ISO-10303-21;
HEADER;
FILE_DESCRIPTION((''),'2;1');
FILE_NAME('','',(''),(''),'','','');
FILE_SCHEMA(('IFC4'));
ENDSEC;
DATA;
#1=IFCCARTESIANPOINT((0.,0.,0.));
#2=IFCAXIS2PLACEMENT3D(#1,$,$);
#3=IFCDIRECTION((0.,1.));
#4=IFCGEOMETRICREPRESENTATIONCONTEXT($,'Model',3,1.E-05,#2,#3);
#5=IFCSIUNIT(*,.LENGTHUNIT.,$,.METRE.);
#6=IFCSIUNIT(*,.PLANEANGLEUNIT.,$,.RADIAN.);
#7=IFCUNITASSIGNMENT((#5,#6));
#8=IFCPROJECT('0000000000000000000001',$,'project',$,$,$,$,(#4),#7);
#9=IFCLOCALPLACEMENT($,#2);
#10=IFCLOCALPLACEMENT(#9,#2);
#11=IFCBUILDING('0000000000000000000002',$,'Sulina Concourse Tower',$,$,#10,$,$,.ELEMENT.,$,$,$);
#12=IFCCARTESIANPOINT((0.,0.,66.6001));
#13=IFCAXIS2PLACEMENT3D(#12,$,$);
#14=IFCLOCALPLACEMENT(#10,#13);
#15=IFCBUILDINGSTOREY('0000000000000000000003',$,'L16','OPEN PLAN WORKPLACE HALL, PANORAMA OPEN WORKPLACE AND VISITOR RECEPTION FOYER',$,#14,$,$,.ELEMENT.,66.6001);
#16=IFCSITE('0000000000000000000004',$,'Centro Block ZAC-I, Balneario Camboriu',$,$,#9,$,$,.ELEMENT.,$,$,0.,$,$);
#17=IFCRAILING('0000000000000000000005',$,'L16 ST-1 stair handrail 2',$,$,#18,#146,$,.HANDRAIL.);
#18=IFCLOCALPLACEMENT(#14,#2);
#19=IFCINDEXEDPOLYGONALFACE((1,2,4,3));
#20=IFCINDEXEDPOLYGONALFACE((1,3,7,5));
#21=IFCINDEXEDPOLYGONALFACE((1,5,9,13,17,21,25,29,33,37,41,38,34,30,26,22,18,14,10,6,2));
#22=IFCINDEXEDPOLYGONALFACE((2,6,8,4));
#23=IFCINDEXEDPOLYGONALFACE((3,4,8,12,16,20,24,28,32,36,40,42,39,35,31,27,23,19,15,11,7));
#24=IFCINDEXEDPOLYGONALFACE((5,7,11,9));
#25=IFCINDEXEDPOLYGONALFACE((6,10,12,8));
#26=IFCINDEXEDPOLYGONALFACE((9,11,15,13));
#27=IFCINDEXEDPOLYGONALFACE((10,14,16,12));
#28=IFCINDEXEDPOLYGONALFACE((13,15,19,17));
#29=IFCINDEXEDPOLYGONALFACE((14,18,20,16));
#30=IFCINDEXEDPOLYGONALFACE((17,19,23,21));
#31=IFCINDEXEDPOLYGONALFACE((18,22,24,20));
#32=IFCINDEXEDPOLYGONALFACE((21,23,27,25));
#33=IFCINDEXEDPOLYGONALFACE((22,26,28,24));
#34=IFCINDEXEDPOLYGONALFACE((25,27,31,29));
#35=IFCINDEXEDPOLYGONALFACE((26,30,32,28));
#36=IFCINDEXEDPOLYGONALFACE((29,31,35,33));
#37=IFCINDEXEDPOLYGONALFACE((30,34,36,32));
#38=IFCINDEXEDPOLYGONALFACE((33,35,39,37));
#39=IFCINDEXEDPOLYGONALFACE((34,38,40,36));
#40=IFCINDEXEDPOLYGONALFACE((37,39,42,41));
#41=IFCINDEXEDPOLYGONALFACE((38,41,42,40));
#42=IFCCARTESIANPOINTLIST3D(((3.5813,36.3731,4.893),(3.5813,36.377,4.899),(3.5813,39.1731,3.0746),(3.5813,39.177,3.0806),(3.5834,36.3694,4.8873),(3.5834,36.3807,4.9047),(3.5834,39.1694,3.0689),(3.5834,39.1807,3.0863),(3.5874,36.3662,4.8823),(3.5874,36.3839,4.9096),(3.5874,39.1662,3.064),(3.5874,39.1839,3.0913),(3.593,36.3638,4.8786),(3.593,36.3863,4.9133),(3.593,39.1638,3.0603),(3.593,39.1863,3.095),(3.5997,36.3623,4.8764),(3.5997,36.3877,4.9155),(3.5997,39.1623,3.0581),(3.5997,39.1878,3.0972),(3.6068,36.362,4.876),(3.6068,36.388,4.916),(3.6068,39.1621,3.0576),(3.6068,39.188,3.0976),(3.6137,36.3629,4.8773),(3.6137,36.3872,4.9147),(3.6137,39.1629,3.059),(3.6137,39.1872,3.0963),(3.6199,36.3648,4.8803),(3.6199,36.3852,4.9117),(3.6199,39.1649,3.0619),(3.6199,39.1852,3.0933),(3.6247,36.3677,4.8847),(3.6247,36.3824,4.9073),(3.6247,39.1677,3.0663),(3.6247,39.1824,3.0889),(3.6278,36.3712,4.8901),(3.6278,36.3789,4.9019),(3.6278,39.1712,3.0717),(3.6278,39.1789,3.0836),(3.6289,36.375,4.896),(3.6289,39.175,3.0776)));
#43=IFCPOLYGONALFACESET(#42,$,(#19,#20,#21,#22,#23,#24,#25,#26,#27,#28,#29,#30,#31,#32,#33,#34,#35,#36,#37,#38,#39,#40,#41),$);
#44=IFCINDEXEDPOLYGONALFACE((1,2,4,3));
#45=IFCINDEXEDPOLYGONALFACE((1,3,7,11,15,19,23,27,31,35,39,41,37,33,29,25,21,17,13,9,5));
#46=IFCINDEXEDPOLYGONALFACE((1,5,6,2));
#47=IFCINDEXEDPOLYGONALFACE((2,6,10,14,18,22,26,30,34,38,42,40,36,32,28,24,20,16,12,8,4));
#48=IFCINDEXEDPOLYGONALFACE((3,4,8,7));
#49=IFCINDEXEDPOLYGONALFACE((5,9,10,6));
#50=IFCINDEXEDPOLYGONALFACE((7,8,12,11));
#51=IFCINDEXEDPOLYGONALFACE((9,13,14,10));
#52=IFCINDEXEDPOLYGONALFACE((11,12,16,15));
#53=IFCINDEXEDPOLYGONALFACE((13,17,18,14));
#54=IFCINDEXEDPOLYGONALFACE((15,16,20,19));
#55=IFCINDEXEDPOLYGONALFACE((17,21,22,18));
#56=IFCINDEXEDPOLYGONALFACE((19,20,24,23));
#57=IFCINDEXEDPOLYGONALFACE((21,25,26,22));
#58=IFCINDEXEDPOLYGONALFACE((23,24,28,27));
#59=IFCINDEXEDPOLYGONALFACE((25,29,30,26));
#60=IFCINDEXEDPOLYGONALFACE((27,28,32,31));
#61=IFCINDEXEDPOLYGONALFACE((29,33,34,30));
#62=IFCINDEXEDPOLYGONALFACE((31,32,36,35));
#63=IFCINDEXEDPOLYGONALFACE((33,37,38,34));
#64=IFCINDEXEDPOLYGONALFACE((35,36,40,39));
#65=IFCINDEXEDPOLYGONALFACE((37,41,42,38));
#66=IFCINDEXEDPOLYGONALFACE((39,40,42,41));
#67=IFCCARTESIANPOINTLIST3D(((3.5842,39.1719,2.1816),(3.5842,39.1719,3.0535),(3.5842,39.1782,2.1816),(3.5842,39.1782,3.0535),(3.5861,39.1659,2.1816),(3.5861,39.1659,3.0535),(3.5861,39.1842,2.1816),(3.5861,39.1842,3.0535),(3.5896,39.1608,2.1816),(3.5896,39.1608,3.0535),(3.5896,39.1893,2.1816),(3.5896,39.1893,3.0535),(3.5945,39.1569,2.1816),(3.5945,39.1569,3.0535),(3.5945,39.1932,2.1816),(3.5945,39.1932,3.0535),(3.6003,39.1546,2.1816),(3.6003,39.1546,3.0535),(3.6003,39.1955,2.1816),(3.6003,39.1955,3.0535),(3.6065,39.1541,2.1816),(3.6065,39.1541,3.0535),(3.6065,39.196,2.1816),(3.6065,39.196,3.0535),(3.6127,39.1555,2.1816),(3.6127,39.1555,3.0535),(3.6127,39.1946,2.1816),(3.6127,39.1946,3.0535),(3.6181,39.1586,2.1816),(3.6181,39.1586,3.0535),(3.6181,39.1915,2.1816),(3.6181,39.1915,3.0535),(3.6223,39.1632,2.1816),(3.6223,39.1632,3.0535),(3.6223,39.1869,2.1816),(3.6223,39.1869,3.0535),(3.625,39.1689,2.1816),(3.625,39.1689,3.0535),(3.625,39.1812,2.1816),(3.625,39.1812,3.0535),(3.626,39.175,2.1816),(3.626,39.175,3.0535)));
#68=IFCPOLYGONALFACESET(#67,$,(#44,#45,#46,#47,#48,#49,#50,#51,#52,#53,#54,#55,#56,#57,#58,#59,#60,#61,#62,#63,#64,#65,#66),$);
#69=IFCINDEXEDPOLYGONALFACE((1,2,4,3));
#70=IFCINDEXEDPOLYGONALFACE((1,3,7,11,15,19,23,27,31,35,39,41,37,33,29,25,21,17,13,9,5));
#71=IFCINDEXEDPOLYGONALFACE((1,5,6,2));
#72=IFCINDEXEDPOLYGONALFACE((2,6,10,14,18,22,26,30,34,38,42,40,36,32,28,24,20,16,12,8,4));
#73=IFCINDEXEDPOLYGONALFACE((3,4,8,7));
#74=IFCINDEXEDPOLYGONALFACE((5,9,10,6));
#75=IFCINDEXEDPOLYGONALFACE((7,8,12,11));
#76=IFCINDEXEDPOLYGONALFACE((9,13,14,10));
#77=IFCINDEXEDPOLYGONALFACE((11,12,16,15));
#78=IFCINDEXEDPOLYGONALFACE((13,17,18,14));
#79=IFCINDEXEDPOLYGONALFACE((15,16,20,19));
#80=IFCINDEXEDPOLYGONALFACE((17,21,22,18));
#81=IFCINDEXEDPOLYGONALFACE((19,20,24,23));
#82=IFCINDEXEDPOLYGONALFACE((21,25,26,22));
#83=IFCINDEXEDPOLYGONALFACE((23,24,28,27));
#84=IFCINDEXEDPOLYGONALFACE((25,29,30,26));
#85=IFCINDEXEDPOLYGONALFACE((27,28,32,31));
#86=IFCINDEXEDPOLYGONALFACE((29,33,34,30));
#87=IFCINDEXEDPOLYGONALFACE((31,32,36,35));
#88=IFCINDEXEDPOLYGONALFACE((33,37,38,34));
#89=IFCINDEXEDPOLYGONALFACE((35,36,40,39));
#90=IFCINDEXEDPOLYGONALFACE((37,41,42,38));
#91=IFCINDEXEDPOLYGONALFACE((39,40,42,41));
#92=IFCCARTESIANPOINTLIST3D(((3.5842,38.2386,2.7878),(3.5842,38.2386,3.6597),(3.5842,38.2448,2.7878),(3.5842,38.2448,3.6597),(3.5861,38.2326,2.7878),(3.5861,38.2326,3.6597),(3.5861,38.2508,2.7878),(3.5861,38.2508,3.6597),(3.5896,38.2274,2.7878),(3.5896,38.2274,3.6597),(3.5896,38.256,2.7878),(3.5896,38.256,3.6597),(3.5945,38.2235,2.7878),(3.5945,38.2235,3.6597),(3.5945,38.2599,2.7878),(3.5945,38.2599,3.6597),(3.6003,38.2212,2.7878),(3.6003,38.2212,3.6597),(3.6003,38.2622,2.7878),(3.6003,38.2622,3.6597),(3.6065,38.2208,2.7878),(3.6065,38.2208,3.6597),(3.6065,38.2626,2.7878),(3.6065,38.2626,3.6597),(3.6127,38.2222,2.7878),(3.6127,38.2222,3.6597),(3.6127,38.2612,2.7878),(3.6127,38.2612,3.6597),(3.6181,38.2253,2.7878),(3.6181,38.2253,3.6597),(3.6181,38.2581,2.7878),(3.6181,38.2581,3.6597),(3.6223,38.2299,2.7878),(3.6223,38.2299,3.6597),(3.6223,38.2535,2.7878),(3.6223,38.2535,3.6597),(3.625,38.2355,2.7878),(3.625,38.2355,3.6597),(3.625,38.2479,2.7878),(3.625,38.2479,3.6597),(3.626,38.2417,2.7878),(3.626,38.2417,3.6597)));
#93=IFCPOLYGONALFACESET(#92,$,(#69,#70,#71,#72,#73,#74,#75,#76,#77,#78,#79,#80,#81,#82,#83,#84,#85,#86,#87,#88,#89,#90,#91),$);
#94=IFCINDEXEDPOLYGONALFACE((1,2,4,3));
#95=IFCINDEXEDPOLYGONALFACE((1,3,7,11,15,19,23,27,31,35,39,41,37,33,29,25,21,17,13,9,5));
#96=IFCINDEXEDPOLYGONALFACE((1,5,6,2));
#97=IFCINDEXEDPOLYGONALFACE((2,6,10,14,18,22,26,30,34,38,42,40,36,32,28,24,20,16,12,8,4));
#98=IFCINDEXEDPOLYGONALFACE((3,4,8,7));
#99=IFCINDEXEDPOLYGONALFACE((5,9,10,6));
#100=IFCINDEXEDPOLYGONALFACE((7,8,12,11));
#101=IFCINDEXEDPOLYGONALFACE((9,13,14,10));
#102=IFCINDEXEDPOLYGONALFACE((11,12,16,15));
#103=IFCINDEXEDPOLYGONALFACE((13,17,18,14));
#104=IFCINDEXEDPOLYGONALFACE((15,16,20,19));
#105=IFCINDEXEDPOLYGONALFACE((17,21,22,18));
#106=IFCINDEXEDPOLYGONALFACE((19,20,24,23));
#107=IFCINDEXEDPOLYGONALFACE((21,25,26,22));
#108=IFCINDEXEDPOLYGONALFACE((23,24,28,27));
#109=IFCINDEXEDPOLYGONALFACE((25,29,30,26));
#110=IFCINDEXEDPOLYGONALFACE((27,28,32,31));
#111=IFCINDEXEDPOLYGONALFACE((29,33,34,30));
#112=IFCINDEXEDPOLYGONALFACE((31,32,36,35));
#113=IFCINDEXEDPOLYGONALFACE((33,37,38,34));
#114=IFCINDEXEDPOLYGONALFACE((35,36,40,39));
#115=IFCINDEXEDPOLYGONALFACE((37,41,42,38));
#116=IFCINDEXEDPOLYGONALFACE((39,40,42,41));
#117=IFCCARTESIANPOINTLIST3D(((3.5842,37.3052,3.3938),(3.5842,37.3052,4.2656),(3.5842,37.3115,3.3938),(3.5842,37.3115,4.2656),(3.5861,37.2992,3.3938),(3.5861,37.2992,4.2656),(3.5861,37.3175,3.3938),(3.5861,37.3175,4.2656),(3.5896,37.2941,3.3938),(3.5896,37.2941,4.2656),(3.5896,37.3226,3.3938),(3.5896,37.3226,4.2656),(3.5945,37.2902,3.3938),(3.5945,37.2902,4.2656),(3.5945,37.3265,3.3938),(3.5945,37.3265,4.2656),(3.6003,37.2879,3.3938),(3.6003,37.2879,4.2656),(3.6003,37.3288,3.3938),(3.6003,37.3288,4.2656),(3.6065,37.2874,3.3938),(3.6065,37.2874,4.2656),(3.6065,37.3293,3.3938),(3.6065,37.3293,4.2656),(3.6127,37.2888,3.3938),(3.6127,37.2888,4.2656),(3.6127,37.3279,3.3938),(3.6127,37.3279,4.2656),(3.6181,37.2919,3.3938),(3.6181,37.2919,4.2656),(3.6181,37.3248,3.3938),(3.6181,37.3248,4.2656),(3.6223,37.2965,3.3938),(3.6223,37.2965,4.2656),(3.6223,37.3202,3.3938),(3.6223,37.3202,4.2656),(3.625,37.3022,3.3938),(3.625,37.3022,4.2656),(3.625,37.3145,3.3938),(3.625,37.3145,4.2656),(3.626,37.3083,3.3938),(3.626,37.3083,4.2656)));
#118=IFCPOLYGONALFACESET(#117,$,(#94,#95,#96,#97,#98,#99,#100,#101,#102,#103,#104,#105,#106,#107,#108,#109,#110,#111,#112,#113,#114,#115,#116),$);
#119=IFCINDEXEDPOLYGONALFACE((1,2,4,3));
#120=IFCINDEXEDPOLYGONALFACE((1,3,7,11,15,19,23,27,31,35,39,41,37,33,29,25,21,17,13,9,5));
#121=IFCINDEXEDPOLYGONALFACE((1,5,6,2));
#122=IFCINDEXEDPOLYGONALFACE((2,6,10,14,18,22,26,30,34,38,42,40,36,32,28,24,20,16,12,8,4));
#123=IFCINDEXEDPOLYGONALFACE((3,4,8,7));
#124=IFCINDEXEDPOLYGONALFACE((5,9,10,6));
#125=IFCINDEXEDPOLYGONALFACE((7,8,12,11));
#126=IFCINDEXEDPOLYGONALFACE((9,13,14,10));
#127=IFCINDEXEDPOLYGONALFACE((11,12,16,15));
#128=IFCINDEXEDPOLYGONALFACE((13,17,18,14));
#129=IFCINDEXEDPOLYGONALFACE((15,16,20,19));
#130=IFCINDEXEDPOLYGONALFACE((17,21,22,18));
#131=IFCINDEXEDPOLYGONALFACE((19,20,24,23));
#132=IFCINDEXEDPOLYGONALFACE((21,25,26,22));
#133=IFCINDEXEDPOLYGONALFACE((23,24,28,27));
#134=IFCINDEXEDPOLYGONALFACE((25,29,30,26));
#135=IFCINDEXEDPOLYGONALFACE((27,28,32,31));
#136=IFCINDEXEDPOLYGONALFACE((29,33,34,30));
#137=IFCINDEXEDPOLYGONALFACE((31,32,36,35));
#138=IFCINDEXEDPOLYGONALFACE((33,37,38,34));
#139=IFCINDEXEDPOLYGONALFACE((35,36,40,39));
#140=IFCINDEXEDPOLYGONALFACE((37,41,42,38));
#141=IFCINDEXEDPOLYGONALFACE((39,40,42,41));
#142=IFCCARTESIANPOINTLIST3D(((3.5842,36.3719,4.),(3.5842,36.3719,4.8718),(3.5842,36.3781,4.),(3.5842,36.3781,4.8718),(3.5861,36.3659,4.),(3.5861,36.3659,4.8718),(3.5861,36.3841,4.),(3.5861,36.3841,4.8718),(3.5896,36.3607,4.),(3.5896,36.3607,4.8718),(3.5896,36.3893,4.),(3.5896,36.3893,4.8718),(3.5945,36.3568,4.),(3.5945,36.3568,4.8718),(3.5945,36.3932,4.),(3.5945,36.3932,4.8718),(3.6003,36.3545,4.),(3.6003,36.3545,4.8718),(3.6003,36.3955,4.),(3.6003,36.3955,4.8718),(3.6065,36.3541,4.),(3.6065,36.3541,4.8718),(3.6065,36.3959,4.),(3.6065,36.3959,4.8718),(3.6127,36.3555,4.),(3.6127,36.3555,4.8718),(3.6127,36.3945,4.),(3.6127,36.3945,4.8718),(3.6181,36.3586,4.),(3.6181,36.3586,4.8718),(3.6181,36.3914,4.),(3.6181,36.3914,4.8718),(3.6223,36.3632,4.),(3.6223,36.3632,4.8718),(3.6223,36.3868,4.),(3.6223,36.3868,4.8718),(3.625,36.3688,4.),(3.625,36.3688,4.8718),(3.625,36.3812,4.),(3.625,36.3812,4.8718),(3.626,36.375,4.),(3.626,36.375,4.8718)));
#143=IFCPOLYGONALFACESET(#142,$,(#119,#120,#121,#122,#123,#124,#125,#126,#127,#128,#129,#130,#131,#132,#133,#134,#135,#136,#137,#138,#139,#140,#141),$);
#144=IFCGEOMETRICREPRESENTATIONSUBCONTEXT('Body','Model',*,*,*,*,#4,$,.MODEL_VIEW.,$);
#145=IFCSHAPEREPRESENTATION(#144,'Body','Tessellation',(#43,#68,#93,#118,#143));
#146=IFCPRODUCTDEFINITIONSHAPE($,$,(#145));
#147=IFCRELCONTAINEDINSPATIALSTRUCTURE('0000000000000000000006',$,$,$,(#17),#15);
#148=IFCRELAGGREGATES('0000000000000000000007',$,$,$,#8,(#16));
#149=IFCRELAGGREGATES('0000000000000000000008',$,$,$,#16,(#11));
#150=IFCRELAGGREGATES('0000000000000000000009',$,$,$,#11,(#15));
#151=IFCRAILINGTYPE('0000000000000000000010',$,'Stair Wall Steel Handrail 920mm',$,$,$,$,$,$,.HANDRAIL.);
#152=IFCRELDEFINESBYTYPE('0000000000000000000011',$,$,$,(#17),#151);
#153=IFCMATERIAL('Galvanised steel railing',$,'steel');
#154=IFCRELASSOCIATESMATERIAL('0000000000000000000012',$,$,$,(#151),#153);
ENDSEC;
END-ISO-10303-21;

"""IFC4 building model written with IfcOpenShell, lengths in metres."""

from ifc_helpers import new_model, si_unit, direction, frame, origin, origin_2d, place, context, subcontext, project, spatial, circle, extrude, material, type_object, element, save


model = new_model("IFC4")

# Units and contexts
model_context = context("Model", 3, precision=1e-05, world=origin(), true_north=direction((0.0, 1.0)))
body_context = subcontext(model_context, "Body", "Model", "MODEL_VIEW")
ifc_project = project(units=[si_unit("LENGTHUNIT", "METRE"), si_unit("PLANEANGLEUNIT", "RADIAN")], contexts=[model_context])

# Site, building, storey
site_placement = place(None, origin())
site = spatial("IfcSite", under=ifc_project, at=site_placement, Name="Centro Block ZAC-I, Balneario Camboriu", CompositionType="ELEMENT", RefElevation=0.0)
building_placement = place(site_placement, origin())
building = spatial("IfcBuilding", under=site, at=building_placement, Name="Sulina Concourse Tower", CompositionType="ELEMENT")
storey_placement = place(building_placement, frame((0.0, 0.0, 66.6001)))
storey = spatial("IfcBuildingStorey", under=building, at=storey_placement, Name="L16", Description="OPEN PLAN WORKPLACE HALL, PANORAMA OPEN WORKPLACE AND VISITOR RECEPTION FOYER", CompositionType="ELEMENT", Elevation=66.6001)

# Railing
ifc_material_1 = material(Name="Galvanised steel railing", Category="steel")
railing_type_1 = type_object("IfcRailingType", Name="Stair Wall Steel Handrail 920mm", PredefinedType="HANDRAIL", material=ifc_material_1)
railing_1_placement = place(storey_placement, frame((3.605, 39.175, 2.1816)))
element("IfcRailing", 1, at=railing_1_placement, inside=storey, type_object=railing_type_1, Name="L16 ST-1 stair handrail 2", PredefinedType="HANDRAIL", context=body_context, shape_type="SweptSolid", body=[
    extrude(circle(Radius=0.0239, at=origin_2d()), frame((0.0, 0.0, 0.896), z_axis=(0.0, -0.838672, 0.544636), x_axis=(1.0, 0.0, 0.0)), (0.0, 0.0, 1.0), 3.3386),
    extrude(circle(Radius=0.021, at=origin_2d()), origin(), (0.0, 0.0, 1.0), 0.8718),
    extrude(circle(Radius=0.021, at=origin_2d()), frame((0.0, -0.9333, 0.6062)), (0.0, 0.0, 1.0), 0.8718),
    extrude(circle(Radius=0.021, at=origin_2d()), frame((0.0, -1.8667, 1.2122)), (0.0, 0.0, 1.0), 0.8718),
    extrude(circle(Radius=0.021, at=origin_2d()), frame((0.0, -2.8, 1.8184)), (0.0, 0.0, 1.0), 0.8718),
])

save(model, "model.ifc")
